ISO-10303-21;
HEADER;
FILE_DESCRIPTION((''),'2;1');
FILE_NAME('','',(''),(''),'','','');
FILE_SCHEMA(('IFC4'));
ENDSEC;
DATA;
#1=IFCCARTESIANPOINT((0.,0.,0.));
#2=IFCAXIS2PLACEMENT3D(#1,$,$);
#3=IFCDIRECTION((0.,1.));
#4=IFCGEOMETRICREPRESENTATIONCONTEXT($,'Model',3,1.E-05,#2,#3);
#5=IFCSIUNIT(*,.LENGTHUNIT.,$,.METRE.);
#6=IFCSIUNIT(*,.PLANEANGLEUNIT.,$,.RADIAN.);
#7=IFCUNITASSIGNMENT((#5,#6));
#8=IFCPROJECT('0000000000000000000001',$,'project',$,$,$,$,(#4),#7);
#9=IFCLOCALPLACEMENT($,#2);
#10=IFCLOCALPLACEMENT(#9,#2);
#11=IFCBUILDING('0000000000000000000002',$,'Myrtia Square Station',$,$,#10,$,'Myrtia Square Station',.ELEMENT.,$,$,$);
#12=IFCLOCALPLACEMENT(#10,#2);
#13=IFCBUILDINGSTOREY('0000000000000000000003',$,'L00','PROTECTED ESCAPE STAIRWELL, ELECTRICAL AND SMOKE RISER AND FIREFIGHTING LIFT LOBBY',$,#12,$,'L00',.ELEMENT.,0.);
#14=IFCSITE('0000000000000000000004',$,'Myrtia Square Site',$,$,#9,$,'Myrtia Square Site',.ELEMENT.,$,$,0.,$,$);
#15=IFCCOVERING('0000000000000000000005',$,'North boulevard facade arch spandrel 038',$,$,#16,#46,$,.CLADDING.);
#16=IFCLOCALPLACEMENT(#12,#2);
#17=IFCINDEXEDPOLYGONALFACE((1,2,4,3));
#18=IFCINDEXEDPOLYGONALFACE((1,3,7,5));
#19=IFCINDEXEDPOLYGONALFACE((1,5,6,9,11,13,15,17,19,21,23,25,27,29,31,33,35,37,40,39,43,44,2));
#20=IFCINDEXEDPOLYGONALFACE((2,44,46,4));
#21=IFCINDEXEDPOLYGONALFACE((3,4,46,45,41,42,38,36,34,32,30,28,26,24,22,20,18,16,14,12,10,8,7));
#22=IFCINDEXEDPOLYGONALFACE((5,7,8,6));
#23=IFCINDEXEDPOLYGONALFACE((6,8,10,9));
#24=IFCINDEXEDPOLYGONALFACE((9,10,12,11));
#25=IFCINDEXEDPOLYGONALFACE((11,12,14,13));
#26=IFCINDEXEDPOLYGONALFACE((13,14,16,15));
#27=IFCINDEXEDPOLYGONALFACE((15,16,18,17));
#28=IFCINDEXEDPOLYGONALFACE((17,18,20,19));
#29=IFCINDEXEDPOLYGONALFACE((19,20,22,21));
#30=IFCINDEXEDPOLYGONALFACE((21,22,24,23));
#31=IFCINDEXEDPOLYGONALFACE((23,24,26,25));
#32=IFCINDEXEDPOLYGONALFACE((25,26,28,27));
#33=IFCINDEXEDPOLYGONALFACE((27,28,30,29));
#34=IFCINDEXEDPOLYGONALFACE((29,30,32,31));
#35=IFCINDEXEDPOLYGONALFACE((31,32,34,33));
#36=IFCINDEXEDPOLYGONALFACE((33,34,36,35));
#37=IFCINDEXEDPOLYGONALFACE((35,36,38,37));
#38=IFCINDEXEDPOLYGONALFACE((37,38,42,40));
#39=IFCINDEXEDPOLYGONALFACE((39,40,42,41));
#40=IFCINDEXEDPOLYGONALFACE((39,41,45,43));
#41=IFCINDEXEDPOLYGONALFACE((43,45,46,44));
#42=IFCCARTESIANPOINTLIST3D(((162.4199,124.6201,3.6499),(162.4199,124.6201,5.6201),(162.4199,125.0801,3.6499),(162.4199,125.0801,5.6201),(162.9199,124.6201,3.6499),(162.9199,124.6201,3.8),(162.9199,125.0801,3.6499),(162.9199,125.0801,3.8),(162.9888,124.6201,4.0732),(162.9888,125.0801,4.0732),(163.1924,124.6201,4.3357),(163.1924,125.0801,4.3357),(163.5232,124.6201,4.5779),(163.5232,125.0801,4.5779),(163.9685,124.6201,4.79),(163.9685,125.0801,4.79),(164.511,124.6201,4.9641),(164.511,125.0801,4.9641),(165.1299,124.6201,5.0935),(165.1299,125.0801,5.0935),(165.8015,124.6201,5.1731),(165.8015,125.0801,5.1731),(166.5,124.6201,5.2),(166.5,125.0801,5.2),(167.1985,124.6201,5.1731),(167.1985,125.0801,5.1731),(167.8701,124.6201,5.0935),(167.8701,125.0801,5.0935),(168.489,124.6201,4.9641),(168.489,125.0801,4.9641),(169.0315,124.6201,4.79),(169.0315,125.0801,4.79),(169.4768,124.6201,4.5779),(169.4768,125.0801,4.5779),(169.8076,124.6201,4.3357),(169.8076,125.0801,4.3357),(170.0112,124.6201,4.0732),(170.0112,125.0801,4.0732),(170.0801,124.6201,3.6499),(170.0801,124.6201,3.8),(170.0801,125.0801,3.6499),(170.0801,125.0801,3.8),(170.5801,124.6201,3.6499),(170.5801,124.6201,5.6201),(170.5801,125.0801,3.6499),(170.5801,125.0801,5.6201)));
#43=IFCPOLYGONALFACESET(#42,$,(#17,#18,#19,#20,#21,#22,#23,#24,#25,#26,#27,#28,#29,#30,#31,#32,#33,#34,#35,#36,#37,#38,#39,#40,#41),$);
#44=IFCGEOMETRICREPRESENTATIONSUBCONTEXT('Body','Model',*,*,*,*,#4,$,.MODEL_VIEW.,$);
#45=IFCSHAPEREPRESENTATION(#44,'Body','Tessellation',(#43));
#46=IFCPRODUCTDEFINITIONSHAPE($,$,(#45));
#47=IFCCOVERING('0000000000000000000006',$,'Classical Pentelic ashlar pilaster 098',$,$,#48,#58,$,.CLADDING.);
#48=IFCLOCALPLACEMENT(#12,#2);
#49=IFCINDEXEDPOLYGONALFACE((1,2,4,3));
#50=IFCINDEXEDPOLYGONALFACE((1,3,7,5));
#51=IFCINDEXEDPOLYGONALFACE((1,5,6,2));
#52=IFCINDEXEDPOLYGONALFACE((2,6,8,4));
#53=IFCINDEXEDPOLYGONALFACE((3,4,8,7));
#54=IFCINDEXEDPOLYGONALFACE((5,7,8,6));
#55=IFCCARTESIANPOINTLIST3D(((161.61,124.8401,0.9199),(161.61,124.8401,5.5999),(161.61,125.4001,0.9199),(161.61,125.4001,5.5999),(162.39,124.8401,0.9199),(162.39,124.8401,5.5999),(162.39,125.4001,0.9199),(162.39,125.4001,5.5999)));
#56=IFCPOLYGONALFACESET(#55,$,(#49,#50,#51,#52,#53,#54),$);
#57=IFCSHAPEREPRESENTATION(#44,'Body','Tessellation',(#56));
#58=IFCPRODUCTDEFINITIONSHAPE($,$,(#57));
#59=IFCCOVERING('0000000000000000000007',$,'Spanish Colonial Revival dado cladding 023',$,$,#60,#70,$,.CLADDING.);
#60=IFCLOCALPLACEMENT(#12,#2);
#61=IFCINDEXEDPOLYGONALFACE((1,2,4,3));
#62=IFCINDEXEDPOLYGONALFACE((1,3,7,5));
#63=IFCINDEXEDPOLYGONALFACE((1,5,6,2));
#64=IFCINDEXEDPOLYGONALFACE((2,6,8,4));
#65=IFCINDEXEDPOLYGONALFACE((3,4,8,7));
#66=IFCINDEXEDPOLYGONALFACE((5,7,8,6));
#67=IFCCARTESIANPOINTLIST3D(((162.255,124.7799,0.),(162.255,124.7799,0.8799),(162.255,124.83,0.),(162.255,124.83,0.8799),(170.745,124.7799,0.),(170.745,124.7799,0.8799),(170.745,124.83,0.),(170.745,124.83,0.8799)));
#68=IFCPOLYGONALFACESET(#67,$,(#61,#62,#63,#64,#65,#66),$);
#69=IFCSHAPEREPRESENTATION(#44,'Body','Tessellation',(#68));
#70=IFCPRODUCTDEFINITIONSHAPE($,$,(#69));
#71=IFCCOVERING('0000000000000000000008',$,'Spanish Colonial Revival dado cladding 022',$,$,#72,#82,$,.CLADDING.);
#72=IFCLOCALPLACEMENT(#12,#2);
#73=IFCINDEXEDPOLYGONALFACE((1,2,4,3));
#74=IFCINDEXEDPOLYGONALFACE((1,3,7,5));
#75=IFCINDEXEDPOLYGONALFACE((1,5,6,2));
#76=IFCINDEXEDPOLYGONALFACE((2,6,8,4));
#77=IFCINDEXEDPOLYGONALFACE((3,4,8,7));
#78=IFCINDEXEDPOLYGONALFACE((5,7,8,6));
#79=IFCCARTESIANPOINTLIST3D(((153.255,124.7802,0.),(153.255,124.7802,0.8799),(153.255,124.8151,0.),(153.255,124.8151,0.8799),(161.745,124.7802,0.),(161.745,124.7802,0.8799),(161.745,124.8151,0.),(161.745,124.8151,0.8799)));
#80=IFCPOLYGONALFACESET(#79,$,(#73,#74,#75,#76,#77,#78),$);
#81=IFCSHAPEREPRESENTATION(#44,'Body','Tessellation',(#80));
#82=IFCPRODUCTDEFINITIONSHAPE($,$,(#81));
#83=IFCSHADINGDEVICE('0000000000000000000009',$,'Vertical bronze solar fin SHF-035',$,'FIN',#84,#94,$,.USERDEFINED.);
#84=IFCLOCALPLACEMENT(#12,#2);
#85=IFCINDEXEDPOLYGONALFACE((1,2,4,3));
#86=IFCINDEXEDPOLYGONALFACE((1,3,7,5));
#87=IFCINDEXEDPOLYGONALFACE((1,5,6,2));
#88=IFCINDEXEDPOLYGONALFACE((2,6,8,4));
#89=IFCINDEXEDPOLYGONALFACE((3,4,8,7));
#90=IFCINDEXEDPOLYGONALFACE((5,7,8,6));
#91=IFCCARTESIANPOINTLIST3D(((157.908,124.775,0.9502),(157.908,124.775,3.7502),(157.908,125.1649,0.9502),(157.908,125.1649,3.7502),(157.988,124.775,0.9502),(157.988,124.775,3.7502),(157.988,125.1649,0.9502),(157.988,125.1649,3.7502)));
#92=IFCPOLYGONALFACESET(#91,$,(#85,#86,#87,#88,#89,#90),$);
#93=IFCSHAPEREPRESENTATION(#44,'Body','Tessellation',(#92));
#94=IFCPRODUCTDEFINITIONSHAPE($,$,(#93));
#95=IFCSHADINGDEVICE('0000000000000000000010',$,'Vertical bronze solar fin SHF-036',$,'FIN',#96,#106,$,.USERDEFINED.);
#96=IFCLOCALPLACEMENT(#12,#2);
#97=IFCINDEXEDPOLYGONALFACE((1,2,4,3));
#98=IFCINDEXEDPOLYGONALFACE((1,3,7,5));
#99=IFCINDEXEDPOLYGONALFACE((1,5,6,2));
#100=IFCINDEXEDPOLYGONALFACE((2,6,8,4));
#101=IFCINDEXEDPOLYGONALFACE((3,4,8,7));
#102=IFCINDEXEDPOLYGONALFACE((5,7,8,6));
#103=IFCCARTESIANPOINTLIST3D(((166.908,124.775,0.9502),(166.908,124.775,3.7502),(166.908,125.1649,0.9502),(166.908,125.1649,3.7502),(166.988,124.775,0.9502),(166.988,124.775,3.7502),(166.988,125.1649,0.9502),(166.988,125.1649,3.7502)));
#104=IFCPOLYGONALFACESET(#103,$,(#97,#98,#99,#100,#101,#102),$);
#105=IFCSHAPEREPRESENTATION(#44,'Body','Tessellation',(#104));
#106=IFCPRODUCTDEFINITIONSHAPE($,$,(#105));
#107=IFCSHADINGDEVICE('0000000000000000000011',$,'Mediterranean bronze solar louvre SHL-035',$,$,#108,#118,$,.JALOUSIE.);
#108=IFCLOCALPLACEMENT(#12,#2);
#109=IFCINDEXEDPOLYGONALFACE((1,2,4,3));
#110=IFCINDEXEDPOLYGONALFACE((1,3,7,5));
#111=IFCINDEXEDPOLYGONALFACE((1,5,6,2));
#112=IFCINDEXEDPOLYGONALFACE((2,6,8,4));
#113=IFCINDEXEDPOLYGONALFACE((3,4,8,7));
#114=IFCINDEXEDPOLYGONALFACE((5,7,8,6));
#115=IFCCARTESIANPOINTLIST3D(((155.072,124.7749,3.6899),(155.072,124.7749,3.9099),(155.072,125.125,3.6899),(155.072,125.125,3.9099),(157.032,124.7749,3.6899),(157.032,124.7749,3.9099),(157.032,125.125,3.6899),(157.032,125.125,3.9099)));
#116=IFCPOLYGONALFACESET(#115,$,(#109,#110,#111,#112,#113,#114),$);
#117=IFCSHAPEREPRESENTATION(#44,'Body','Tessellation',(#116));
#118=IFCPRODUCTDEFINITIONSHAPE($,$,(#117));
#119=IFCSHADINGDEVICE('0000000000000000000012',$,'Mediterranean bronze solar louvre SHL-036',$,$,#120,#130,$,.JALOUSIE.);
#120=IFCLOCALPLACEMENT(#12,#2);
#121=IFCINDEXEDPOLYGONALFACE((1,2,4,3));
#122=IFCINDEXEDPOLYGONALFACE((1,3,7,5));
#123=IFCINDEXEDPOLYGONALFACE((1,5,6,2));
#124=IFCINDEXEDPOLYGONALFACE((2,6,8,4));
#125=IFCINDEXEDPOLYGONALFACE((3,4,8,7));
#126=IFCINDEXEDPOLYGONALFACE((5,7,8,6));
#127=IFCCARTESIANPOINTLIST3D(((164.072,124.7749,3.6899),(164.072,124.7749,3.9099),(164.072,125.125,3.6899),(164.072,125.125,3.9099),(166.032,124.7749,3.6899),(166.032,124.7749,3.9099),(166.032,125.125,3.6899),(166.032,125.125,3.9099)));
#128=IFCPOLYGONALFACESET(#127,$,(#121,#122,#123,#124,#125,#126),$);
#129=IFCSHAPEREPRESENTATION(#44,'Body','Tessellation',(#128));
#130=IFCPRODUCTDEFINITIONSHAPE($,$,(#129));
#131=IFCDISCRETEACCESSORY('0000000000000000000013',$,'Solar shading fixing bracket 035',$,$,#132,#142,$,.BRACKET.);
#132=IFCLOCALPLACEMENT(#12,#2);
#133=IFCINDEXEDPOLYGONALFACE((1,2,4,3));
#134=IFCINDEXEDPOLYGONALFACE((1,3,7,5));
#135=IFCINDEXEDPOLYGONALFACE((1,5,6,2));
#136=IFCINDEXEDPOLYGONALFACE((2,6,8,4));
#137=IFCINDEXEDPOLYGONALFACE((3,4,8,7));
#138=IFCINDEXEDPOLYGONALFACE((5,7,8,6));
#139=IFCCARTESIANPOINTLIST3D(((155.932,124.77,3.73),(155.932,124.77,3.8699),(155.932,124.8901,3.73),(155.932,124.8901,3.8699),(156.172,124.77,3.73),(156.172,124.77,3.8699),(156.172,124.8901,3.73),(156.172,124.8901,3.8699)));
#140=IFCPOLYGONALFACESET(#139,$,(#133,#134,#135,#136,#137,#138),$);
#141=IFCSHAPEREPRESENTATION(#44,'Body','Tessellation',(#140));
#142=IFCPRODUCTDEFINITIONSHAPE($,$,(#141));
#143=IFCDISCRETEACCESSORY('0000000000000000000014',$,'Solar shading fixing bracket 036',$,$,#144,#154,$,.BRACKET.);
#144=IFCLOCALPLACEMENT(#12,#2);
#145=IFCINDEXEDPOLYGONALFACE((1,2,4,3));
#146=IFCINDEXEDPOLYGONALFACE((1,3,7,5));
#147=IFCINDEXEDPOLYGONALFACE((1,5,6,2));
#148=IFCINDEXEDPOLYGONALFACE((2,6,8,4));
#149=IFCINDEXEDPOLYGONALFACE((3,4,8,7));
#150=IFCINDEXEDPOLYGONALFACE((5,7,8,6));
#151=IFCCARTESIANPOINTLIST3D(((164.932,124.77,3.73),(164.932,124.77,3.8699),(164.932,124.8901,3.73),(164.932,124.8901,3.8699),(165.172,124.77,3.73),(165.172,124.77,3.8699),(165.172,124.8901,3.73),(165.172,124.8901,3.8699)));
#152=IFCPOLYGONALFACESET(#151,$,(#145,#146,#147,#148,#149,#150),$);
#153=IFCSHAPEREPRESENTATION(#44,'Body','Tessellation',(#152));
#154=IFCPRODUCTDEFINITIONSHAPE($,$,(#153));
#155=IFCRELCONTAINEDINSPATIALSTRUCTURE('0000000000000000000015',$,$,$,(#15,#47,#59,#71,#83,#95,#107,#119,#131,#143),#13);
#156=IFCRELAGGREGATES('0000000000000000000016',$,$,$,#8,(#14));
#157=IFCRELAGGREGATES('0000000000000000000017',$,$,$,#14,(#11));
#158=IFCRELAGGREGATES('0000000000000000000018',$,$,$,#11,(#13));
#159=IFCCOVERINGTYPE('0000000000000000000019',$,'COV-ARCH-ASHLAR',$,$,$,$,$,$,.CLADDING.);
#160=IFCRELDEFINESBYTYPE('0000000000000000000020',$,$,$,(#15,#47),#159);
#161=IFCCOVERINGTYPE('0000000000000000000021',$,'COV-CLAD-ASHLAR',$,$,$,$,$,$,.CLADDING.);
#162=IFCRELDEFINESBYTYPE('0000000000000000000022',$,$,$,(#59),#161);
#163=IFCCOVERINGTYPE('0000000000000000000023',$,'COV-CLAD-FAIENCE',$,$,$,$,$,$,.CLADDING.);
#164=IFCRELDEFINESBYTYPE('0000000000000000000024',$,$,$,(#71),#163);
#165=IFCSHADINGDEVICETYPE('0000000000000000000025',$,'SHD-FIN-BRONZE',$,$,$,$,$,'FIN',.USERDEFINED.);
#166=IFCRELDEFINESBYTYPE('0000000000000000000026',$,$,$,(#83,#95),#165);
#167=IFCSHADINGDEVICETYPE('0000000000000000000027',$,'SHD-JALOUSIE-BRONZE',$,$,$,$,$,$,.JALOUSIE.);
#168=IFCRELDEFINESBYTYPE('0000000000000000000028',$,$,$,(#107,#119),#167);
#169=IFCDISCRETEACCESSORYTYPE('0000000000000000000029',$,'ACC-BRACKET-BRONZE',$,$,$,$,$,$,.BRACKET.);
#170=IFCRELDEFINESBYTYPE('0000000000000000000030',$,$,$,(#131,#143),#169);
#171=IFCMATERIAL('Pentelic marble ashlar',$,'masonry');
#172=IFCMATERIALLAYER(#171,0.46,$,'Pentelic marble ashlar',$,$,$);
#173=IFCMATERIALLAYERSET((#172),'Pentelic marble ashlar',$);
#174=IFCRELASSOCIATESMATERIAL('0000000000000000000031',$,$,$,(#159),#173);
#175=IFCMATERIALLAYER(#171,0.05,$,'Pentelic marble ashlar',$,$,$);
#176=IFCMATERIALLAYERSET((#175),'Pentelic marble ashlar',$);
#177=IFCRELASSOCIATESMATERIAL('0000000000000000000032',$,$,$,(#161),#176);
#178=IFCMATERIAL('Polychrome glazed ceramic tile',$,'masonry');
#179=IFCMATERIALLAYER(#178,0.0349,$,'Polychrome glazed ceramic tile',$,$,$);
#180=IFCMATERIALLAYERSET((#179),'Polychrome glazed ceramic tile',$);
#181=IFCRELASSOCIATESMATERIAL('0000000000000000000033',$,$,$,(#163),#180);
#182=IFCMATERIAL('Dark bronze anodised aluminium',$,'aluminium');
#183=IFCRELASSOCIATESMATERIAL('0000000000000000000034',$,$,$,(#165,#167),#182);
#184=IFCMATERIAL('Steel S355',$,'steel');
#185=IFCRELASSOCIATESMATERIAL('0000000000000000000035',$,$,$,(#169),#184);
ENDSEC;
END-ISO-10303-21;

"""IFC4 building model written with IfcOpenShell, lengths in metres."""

from ifc_helpers import new_model, si_unit, direction, frame, origin, origin_2d, place, context, subcontext, project, spatial, polyline, rectangle, outline, extrude, material, layer, layer_set, type_object, element, save


model = new_model("IFC4")

# Units and contexts
model_context = context("Model", 3, precision=1e-05, world=origin(), true_north=direction((0.0, 1.0)))
body_context = subcontext(model_context, "Body", "Model", "MODEL_VIEW")
ifc_project = project(units=[si_unit("LENGTHUNIT", "METRE"), si_unit("PLANEANGLEUNIT", "RADIAN")], contexts=[model_context])

# Site, building, storey
site_placement = place(None, origin())
site = spatial("IfcSite", under=ifc_project, at=site_placement, Name="Myrtia Square Site", LongName="Myrtia Square Site", CompositionType="ELEMENT", RefElevation=0.0)
building_placement = place(site_placement, origin())
building = spatial("IfcBuilding", under=site, at=building_placement, Name="Myrtia Square Station", LongName="Myrtia Square Station", CompositionType="ELEMENT")
storey_placement = place(building_placement, origin())
storey = spatial("IfcBuildingStorey", under=building, at=storey_placement, Name="L00", Description="PROTECTED ESCAPE STAIRWELL, ELECTRICAL AND SMOKE RISER AND FIREFIGHTING LIFT LOBBY", LongName="L00", CompositionType="ELEMENT", Elevation=0.0)

# Shared definitions
ifc_material_1 = material(Name="Steel S355", Category="steel")

# Coverings
ifc_material_2 = material(Name="Pentelic marble ashlar", Category="masonry")
ifc_layer_1 = layer(ifc_material_2, 0.46, Name="Pentelic marble ashlar")
ifc_layer_set_1 = layer_set([ifc_layer_1], Name="Pentelic marble ashlar")
covering_type_1 = type_object("IfcCoveringType", Name="COV-ARCH-ASHLAR", PredefinedType="CLADDING", material=ifc_layer_set_1)
covering_1_placement = place(storey_placement, frame((162.4199, 124.8501, 3.6499), z_axis=(0.0, 0.0, 1.0), x_axis=(1.0, 0.0, 0.0)))
element("IfcCovering", 1, at=covering_1_placement, inside=storey, type_object=covering_type_1, Name="North boulevard facade arch spandrel 038", PredefinedType="CLADDING", context=body_context, shape_type="SweptSolid", body=[
    extrude(outline(polyline([(0.0, 0.0), (0.5, 0.0), (0.5, 0.1501), (0.5688, 0.4233), (0.7725, 0.6858), (1.1033, 0.928), (1.5486, 1.1401), (2.0911, 1.3142), (2.71, 1.4436), (3.3816, 1.5232), (4.0801, 1.55), (4.7786, 1.5232), (5.4502, 1.4436), (6.0691, 1.3142), (6.6116, 1.1401), (7.0569, 0.928), (7.3877, 0.6858), (7.5913, 0.4233), (7.6602, 0.1501), (7.6602, 0.0), (8.1602, 0.0), (8.1602, 1.9702), (0.0, 1.9702), (0.0, 0.0)])), frame((0.0, 0.23, 0.0), z_axis=(0.0, -1.0, 0.0), x_axis=(1.0, 0.0, 0.0)), (0.0, 0.0, 1.0), 0.46),
])
covering_2_placement = place(storey_placement, frame((162.0, 125.1201, 0.9199), z_axis=(0.0, 0.0, 1.0), x_axis=(1.0, 0.0, 0.0)))
element("IfcCovering", 2, at=covering_2_placement, inside=storey, type_object=covering_type_1, Name="Classical Pentelic ashlar pilaster 098", PredefinedType="CLADDING", context=body_context, shape_type="SweptSolid", body=[
    extrude(rectangle(XDim=0.78, YDim=0.5601, at=origin_2d()), origin(), (0.0, 0.0, 1.0), 4.6799),
])
ifc_layer_2 = layer(ifc_material_2, 0.05, Name="Pentelic marble ashlar")
ifc_layer_set_2 = layer_set([ifc_layer_2], Name="Pentelic marble ashlar")
covering_type_2 = type_object("IfcCoveringType", Name="COV-CLAD-ASHLAR", PredefinedType="CLADDING", material=ifc_layer_set_2)
covering_3_placement = place(storey_placement, frame((166.5, 124.8049, 0.0), z_axis=(0.0, 0.0, 1.0), x_axis=(1.0, 0.0, 0.0)))
element("IfcCovering", 3, at=covering_3_placement, inside=storey, type_object=covering_type_2, Name="Spanish Colonial Revival dado cladding 023", PredefinedType="CLADDING", context=body_context, shape_type="SweptSolid", body=[
    extrude(rectangle(XDim=8.49, YDim=0.05, at=origin_2d()), origin(), (0.0, 0.0, 1.0), 0.8799),
])
ifc_material_3 = material(Name="Polychrome glazed ceramic tile", Category="masonry")
ifc_layer_3 = layer(ifc_material_3, 0.0349, Name="Polychrome glazed ceramic tile")
ifc_layer_set_3 = layer_set([ifc_layer_3], Name="Polychrome glazed ceramic tile")
covering_type_3 = type_object("IfcCoveringType", Name="COV-CLAD-FAIENCE", PredefinedType="CLADDING", material=ifc_layer_set_3)
covering_4_placement = place(storey_placement, frame((157.5, 124.7976, 0.0), z_axis=(0.0, 0.0, 1.0), x_axis=(1.0, 0.0, 0.0)))
element("IfcCovering", 4, at=covering_4_placement, inside=storey, type_object=covering_type_3, Name="Spanish Colonial Revival dado cladding 022", PredefinedType="CLADDING", context=body_context, shape_type="SweptSolid", body=[
    extrude(rectangle(XDim=8.49, YDim=0.0349, at=origin_2d()), origin(), (0.0, 0.0, 1.0), 0.8799),
])

# Shading devices
ifc_material_4 = material(Name="Dark bronze anodised aluminium", Category="aluminium")
shading_device_type_1 = type_object("IfcShadingDeviceType", Name="SHD-FIN-BRONZE", ElementType="FIN", PredefinedType="USERDEFINED", material=ifc_material_4)
for number, where, z_axis, x_axis, name in (
    (5, (157.948, 124.97, 0.9502), (0.0, 0.0, 1.0), (1.0, 0.0, 0.0), "Vertical bronze solar fin SHF-035"),
    (6, (166.948, 124.97, 0.9502), (0.0, 0.0, 1.0), (1.0, 0.0, 0.0), "Vertical bronze solar fin SHF-036"),
):
    element("IfcShadingDevice", number, at=place(storey_placement, frame(where, z_axis=z_axis, x_axis=x_axis)), inside=storey, type_object=shading_device_type_1, Name=name, ObjectType="FIN", PredefinedType="USERDEFINED", context=body_context, shape_type="SweptSolid", body=[
        extrude(rectangle(XDim=0.0801, YDim=0.3899, at=origin_2d()), origin(), (0.0, 0.0, 1.0), 2.8),
    ])
shading_device_type_2 = type_object("IfcShadingDeviceType", Name="SHD-JALOUSIE-BRONZE", PredefinedType="JALOUSIE", material=ifc_material_4)
for number, where, z_axis, x_axis, name in (
    (7, (156.052, 124.95, 3.6899), (0.0, 0.0, 1.0), (1.0, 0.0, 0.0), "Mediterranean bronze solar louvre SHL-035"),
    (8, (165.052, 124.95, 3.6899), (0.0, 0.0, 1.0), (1.0, 0.0, 0.0), "Mediterranean bronze solar louvre SHL-036"),
):
    element("IfcShadingDevice", number, at=place(storey_placement, frame(where, z_axis=z_axis, x_axis=x_axis)), inside=storey, type_object=shading_device_type_2, Name=name, PredefinedType="JALOUSIE", context=body_context, shape_type="SweptSolid", body=[
        extrude(rectangle(XDim=1.96, YDim=0.3501, at=origin_2d()), origin(), (0.0, 0.0, 1.0), 0.22),
    ])

# Discrete accessories
discrete_accessory_type = type_object("IfcDiscreteAccessoryType", Name="ACC-BRACKET-BRONZE", PredefinedType="BRACKET", material=ifc_material_1)
for number, where, z_axis, x_axis, name in (
    (9, (156.052, 124.8301, 3.73), (0.0, 0.0, 1.0), (1.0, 0.0, 0.0), "Solar shading fixing bracket 035"),
    (10, (165.052, 124.8301, 3.73), (0.0, 0.0, 1.0), (1.0, 0.0, 0.0), "Solar shading fixing bracket 036"),
):
    element("IfcDiscreteAccessory", number, at=place(storey_placement, frame(where, z_axis=z_axis, x_axis=x_axis)), inside=storey, type_object=discrete_accessory_type, Name=name, PredefinedType="BRACKET", context=body_context, shape_type="SweptSolid", body=[
        extrude(rectangle(XDim=0.24, YDim=0.1201, at=origin_2d()), origin(), (0.0, 0.0, 1.0), 0.1399),
    ])

save(model, "model.ifc")
